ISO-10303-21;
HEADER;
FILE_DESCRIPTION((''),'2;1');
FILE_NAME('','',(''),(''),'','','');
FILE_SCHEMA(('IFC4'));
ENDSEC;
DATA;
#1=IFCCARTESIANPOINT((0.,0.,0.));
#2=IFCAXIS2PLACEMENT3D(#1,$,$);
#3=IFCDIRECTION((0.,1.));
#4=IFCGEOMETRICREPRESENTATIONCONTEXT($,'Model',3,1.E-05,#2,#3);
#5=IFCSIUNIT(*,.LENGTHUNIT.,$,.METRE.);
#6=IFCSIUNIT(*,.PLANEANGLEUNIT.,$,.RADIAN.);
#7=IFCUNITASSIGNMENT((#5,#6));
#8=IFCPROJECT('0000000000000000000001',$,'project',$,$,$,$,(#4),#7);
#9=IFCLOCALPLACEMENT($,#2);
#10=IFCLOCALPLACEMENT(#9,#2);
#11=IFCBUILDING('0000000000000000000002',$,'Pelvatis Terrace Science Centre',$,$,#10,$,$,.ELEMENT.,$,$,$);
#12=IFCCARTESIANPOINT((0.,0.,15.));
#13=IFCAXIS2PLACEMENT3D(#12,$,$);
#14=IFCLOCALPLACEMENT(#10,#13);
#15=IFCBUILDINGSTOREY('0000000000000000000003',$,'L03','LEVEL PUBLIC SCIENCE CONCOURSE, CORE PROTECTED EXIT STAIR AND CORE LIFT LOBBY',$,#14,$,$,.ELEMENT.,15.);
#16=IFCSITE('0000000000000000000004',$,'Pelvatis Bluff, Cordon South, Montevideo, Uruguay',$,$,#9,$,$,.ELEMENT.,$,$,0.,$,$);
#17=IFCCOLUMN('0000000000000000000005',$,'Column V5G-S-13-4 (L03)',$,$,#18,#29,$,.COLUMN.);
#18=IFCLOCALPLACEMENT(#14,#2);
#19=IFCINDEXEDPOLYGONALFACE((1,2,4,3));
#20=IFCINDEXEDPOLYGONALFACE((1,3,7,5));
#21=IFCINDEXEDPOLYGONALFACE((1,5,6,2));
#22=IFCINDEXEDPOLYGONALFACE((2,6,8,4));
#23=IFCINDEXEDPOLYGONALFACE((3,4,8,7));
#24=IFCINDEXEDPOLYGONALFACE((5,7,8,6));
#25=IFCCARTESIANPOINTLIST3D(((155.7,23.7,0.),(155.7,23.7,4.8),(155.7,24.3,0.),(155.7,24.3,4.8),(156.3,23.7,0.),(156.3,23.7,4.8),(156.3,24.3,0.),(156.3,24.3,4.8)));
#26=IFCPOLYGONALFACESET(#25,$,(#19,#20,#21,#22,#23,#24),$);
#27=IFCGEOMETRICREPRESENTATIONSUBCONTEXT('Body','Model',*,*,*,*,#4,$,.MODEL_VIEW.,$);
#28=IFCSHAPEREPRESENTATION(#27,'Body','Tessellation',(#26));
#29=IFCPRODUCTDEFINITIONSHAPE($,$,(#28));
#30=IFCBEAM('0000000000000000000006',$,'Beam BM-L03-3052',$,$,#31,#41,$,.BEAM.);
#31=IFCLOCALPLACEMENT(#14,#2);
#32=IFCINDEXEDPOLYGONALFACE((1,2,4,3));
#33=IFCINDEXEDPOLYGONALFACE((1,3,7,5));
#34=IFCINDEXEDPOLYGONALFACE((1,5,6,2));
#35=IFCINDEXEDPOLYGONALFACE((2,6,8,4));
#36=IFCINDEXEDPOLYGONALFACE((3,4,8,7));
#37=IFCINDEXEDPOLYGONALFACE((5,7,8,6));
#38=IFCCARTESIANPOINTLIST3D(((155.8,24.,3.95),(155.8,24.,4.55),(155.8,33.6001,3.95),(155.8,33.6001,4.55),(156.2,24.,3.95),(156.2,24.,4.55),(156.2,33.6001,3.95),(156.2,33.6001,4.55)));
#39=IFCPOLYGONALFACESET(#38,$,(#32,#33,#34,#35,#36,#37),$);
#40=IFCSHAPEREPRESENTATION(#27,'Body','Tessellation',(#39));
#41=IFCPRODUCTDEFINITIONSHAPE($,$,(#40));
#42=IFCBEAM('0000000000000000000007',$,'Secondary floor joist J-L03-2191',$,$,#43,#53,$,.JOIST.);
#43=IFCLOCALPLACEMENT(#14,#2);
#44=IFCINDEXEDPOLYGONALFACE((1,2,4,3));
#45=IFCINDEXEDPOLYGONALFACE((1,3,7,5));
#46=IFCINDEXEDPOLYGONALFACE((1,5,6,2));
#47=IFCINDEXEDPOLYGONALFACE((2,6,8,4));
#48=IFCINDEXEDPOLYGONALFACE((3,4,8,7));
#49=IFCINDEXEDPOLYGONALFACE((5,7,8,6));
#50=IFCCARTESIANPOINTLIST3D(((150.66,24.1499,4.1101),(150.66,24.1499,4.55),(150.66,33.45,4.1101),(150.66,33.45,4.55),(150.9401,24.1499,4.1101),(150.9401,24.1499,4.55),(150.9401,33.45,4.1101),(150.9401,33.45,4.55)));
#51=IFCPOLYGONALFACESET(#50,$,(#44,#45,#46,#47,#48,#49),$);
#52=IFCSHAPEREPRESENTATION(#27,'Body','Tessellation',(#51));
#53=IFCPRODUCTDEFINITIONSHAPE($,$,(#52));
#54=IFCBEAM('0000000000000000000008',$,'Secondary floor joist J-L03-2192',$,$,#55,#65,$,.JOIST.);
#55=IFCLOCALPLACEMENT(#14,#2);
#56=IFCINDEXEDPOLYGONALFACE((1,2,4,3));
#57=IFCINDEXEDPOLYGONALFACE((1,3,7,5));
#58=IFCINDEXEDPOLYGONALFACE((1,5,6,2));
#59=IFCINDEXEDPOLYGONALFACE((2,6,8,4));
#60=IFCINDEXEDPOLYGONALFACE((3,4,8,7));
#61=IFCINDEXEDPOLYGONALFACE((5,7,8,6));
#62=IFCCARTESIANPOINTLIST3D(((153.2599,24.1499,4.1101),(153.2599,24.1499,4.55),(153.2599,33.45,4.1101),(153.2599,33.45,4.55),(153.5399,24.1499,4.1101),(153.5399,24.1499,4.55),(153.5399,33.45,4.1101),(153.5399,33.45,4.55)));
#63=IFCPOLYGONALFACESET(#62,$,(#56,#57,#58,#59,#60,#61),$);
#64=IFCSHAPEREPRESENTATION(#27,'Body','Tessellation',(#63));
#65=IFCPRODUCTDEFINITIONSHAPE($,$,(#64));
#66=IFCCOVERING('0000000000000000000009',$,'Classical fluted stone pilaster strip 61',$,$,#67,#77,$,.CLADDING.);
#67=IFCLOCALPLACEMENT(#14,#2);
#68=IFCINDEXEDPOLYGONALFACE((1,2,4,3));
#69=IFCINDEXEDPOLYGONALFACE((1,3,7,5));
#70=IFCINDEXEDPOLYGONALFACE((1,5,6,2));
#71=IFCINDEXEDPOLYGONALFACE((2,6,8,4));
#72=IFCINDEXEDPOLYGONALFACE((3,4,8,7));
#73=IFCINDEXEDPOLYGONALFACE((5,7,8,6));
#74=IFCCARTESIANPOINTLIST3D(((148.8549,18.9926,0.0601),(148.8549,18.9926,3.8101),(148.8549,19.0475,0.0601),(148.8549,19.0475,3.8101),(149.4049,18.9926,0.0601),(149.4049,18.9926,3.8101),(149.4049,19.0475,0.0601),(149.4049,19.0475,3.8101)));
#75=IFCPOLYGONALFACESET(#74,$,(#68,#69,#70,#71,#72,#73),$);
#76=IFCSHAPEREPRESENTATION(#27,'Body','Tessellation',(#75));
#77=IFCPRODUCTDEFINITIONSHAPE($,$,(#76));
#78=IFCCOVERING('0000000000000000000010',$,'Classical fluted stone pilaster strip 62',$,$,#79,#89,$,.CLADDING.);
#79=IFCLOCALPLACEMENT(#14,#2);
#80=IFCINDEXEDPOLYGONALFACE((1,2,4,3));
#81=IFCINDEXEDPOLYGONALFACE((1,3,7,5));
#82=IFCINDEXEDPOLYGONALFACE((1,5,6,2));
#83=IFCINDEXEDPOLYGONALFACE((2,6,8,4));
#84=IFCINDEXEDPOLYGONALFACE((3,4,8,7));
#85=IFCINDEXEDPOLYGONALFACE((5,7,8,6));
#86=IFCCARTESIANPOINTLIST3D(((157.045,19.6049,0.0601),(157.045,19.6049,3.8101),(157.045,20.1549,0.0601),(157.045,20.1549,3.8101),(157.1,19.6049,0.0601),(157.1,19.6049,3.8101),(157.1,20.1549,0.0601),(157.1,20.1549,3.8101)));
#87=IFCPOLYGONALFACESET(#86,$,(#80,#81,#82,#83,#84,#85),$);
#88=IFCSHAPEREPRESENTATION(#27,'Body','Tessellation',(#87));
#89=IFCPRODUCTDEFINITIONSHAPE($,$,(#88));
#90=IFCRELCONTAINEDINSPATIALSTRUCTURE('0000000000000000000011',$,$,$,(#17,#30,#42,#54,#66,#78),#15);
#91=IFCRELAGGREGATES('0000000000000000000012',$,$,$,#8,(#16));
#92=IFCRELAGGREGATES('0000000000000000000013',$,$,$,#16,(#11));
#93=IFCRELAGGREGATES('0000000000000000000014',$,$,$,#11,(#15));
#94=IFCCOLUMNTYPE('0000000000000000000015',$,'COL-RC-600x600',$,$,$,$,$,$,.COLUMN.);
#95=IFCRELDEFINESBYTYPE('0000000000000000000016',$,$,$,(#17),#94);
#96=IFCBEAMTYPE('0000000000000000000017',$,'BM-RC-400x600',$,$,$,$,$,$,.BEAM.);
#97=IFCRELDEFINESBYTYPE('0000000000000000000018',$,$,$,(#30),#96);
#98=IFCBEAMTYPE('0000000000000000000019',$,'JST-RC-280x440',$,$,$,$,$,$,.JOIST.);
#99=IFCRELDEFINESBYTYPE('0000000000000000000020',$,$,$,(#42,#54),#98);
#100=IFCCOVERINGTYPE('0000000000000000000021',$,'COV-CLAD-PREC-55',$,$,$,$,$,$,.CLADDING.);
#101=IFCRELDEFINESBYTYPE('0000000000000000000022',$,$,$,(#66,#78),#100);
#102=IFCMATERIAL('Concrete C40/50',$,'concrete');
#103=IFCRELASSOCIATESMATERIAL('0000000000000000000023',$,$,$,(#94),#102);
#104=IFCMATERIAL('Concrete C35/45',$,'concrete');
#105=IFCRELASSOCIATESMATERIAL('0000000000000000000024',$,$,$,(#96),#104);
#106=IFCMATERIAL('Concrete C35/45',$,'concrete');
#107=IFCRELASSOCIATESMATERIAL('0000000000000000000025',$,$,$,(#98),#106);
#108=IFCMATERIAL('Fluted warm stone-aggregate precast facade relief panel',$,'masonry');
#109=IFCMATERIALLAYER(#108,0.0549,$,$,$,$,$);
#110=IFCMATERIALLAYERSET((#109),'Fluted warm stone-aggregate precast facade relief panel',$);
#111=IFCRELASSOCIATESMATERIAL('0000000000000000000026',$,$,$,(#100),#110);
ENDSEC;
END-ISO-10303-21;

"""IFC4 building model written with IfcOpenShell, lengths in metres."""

from ifc_helpers import new_model, si_unit, direction, frame, origin, origin_2d, place, context, subcontext, project, spatial, rectangle, extrude, material, layer, layer_set, material_profile, profile_set, type_object, element, save


model = new_model("IFC4")

# Units and contexts
model_context = context("Model", 3, precision=1e-05, world=origin(), true_north=direction((0.0, 1.0)))
body_context = subcontext(model_context, "Body", "Model", "MODEL_VIEW")
ifc_project = project(units=[si_unit("LENGTHUNIT", "METRE"), si_unit("PLANEANGLEUNIT", "RADIAN")], contexts=[model_context])

# Site, building, storey
site_placement = place(None, origin())
site = spatial("IfcSite", under=ifc_project, at=site_placement, Name="Pelvatis Bluff, Cordon South, Montevideo, Uruguay", CompositionType="ELEMENT", RefElevation=0.0)
building_placement = place(site_placement, origin())
building = spatial("IfcBuilding", under=site, at=building_placement, Name="Pelvatis Terrace Science Centre", CompositionType="ELEMENT")
storey_placement = place(building_placement, frame((0.0, 0.0, 15.0)))
storey = spatial("IfcBuildingStorey", under=building, at=storey_placement, Name="L03", Description="LEVEL PUBLIC SCIENCE CONCOURSE, CORE PROTECTED EXIT STAIR AND CORE LIFT LOBBY", CompositionType="ELEMENT", Elevation=15.0)

# Column
ifc_material_1 = material(Name="Concrete C40/50", Category="concrete")
ifc_material_profile_1 = material_profile(ifc_material_1, rectangle(XDim=0.6001, YDim=0.6001, at=origin_2d()), Name="RC-COL 600x600")
ifc_profile_set_1 = profile_set([ifc_material_profile_1], Name="Concrete C40/50")
column_type = type_object("IfcColumnType", Name="COL-RC-600x600", PredefinedType="COLUMN", material=ifc_profile_set_1)
column_placement = place(storey_placement, frame((156.0, 24.0, 0.0), z_axis=(0.0, 0.0, 1.0), x_axis=(1.0, 0.0, 0.0)))
element("IfcColumn", 1, at=column_placement, inside=storey, type_object=column_type, Name="Column V5G-S-13-4 (L03)", PredefinedType="COLUMN", context=body_context, shape_type="SweptSolid", body=[
    extrude(rectangle(XDim=0.6001, YDim=0.6001, at=origin_2d()), origin(), (0.0, 0.0, 1.0), 4.8),
])

# Beams
ifc_material_2 = material(Name="Concrete C35/45", Category="concrete")
ifc_material_profile_2 = material_profile(ifc_material_2, rectangle(XDim=0.3999, YDim=0.6001, at=origin_2d()), Name="RC-BM 400x600")
ifc_profile_set_2 = profile_set([ifc_material_profile_2], Name="Concrete C35/45")
beam_type_1 = type_object("IfcBeamType", Name="BM-RC-400x600", PredefinedType="BEAM", material=ifc_profile_set_2)
beam_placement = place(storey_placement, frame((156.0, 24.0, 4.25), z_axis=(0.0, 1.0, 0.0), x_axis=(-1.0, 0.0, 0.0)))
element("IfcBeam", 2, at=beam_placement, inside=storey, type_object=beam_type_1, Name="Beam BM-L03-3052", PredefinedType="BEAM", context=body_context, shape_type="SweptSolid", body=[
    extrude(rectangle(XDim=0.3999, YDim=0.6001, at=origin_2d()), origin(), (0.0, 0.0, 1.0), 9.6001),
])
ifc_material_3 = material(Name="Concrete C35/45", Category="concrete")
ifc_material_profile_3 = material_profile(ifc_material_3, rectangle(XDim=0.28, YDim=0.4399, at=origin_2d()), Name="RC-JST 280x440")
ifc_profile_set_3 = profile_set([ifc_material_profile_3], Name="Concrete C35/45")
beam_type_2 = type_object("IfcBeamType", Name="JST-RC-280x440", PredefinedType="JOIST", material=ifc_profile_set_3)
for number, where, z_axis, x_axis, name in (
    (3, (150.8, 24.1499, 4.3301), (0.0, 1.0, 0.0), (-1.0, 0.0, 0.0), "Secondary floor joist J-L03-2191"),
    (4, (153.3999, 24.1499, 4.3301), (0.0, 1.0, 0.0), (-1.0, 0.0, 0.0), "Secondary floor joist J-L03-2192"),
):
    element("IfcBeam", number, at=place(storey_placement, frame(where, z_axis=z_axis, x_axis=x_axis)), inside=storey, type_object=beam_type_2, Name=name, PredefinedType="JOIST", context=body_context, shape_type="SweptSolid", body=[
        extrude(rectangle(XDim=0.28, YDim=0.4399, at=origin_2d()), origin(), (0.0, 0.0, 1.0), 9.3),
    ])

# Coverings
ifc_material_4 = material(Name="Fluted warm stone-aggregate precast facade relief panel", Category="masonry")
ifc_layer_1 = layer(ifc_material_4, 0.0549)
ifc_layer_set_1 = layer_set([ifc_layer_1], Name="Fluted warm stone-aggregate precast facade relief panel")
covering_type = type_object("IfcCoveringType", Name="COV-CLAD-PREC-55", PredefinedType="CLADDING", material=ifc_layer_set_1)
covering_1_placement = place(storey_placement, frame((149.1299, 19.02, 0.0601), z_axis=(0.0, 0.0, 1.0), x_axis=(1.0, 0.0, 0.0)))
element("IfcCovering", 5, at=covering_1_placement, inside=storey, type_object=covering_type, Name="Classical fluted stone pilaster strip 61", PredefinedType="CLADDING", context=body_context, shape_type="SweptSolid", body=[
    extrude(rectangle(XDim=0.55, YDim=0.0549, at=origin_2d()), origin(), (0.0, 0.0, 1.0), 3.75),
])
covering_2_placement = place(storey_placement, frame((157.0725, 19.8799, 0.0601), z_axis=(0.0, 0.0, 1.0), x_axis=(1.0, 0.0, 0.0)))
element("IfcCovering", 6, at=covering_2_placement, inside=storey, type_object=covering_type, Name="Classical fluted stone pilaster strip 62", PredefinedType="CLADDING", context=body_context, shape_type="SweptSolid", body=[
    extrude(rectangle(XDim=0.0549, YDim=0.55, at=origin_2d()), origin(), (0.0, 0.0, 1.0), 3.75),
])

save(model, "model.ifc")
